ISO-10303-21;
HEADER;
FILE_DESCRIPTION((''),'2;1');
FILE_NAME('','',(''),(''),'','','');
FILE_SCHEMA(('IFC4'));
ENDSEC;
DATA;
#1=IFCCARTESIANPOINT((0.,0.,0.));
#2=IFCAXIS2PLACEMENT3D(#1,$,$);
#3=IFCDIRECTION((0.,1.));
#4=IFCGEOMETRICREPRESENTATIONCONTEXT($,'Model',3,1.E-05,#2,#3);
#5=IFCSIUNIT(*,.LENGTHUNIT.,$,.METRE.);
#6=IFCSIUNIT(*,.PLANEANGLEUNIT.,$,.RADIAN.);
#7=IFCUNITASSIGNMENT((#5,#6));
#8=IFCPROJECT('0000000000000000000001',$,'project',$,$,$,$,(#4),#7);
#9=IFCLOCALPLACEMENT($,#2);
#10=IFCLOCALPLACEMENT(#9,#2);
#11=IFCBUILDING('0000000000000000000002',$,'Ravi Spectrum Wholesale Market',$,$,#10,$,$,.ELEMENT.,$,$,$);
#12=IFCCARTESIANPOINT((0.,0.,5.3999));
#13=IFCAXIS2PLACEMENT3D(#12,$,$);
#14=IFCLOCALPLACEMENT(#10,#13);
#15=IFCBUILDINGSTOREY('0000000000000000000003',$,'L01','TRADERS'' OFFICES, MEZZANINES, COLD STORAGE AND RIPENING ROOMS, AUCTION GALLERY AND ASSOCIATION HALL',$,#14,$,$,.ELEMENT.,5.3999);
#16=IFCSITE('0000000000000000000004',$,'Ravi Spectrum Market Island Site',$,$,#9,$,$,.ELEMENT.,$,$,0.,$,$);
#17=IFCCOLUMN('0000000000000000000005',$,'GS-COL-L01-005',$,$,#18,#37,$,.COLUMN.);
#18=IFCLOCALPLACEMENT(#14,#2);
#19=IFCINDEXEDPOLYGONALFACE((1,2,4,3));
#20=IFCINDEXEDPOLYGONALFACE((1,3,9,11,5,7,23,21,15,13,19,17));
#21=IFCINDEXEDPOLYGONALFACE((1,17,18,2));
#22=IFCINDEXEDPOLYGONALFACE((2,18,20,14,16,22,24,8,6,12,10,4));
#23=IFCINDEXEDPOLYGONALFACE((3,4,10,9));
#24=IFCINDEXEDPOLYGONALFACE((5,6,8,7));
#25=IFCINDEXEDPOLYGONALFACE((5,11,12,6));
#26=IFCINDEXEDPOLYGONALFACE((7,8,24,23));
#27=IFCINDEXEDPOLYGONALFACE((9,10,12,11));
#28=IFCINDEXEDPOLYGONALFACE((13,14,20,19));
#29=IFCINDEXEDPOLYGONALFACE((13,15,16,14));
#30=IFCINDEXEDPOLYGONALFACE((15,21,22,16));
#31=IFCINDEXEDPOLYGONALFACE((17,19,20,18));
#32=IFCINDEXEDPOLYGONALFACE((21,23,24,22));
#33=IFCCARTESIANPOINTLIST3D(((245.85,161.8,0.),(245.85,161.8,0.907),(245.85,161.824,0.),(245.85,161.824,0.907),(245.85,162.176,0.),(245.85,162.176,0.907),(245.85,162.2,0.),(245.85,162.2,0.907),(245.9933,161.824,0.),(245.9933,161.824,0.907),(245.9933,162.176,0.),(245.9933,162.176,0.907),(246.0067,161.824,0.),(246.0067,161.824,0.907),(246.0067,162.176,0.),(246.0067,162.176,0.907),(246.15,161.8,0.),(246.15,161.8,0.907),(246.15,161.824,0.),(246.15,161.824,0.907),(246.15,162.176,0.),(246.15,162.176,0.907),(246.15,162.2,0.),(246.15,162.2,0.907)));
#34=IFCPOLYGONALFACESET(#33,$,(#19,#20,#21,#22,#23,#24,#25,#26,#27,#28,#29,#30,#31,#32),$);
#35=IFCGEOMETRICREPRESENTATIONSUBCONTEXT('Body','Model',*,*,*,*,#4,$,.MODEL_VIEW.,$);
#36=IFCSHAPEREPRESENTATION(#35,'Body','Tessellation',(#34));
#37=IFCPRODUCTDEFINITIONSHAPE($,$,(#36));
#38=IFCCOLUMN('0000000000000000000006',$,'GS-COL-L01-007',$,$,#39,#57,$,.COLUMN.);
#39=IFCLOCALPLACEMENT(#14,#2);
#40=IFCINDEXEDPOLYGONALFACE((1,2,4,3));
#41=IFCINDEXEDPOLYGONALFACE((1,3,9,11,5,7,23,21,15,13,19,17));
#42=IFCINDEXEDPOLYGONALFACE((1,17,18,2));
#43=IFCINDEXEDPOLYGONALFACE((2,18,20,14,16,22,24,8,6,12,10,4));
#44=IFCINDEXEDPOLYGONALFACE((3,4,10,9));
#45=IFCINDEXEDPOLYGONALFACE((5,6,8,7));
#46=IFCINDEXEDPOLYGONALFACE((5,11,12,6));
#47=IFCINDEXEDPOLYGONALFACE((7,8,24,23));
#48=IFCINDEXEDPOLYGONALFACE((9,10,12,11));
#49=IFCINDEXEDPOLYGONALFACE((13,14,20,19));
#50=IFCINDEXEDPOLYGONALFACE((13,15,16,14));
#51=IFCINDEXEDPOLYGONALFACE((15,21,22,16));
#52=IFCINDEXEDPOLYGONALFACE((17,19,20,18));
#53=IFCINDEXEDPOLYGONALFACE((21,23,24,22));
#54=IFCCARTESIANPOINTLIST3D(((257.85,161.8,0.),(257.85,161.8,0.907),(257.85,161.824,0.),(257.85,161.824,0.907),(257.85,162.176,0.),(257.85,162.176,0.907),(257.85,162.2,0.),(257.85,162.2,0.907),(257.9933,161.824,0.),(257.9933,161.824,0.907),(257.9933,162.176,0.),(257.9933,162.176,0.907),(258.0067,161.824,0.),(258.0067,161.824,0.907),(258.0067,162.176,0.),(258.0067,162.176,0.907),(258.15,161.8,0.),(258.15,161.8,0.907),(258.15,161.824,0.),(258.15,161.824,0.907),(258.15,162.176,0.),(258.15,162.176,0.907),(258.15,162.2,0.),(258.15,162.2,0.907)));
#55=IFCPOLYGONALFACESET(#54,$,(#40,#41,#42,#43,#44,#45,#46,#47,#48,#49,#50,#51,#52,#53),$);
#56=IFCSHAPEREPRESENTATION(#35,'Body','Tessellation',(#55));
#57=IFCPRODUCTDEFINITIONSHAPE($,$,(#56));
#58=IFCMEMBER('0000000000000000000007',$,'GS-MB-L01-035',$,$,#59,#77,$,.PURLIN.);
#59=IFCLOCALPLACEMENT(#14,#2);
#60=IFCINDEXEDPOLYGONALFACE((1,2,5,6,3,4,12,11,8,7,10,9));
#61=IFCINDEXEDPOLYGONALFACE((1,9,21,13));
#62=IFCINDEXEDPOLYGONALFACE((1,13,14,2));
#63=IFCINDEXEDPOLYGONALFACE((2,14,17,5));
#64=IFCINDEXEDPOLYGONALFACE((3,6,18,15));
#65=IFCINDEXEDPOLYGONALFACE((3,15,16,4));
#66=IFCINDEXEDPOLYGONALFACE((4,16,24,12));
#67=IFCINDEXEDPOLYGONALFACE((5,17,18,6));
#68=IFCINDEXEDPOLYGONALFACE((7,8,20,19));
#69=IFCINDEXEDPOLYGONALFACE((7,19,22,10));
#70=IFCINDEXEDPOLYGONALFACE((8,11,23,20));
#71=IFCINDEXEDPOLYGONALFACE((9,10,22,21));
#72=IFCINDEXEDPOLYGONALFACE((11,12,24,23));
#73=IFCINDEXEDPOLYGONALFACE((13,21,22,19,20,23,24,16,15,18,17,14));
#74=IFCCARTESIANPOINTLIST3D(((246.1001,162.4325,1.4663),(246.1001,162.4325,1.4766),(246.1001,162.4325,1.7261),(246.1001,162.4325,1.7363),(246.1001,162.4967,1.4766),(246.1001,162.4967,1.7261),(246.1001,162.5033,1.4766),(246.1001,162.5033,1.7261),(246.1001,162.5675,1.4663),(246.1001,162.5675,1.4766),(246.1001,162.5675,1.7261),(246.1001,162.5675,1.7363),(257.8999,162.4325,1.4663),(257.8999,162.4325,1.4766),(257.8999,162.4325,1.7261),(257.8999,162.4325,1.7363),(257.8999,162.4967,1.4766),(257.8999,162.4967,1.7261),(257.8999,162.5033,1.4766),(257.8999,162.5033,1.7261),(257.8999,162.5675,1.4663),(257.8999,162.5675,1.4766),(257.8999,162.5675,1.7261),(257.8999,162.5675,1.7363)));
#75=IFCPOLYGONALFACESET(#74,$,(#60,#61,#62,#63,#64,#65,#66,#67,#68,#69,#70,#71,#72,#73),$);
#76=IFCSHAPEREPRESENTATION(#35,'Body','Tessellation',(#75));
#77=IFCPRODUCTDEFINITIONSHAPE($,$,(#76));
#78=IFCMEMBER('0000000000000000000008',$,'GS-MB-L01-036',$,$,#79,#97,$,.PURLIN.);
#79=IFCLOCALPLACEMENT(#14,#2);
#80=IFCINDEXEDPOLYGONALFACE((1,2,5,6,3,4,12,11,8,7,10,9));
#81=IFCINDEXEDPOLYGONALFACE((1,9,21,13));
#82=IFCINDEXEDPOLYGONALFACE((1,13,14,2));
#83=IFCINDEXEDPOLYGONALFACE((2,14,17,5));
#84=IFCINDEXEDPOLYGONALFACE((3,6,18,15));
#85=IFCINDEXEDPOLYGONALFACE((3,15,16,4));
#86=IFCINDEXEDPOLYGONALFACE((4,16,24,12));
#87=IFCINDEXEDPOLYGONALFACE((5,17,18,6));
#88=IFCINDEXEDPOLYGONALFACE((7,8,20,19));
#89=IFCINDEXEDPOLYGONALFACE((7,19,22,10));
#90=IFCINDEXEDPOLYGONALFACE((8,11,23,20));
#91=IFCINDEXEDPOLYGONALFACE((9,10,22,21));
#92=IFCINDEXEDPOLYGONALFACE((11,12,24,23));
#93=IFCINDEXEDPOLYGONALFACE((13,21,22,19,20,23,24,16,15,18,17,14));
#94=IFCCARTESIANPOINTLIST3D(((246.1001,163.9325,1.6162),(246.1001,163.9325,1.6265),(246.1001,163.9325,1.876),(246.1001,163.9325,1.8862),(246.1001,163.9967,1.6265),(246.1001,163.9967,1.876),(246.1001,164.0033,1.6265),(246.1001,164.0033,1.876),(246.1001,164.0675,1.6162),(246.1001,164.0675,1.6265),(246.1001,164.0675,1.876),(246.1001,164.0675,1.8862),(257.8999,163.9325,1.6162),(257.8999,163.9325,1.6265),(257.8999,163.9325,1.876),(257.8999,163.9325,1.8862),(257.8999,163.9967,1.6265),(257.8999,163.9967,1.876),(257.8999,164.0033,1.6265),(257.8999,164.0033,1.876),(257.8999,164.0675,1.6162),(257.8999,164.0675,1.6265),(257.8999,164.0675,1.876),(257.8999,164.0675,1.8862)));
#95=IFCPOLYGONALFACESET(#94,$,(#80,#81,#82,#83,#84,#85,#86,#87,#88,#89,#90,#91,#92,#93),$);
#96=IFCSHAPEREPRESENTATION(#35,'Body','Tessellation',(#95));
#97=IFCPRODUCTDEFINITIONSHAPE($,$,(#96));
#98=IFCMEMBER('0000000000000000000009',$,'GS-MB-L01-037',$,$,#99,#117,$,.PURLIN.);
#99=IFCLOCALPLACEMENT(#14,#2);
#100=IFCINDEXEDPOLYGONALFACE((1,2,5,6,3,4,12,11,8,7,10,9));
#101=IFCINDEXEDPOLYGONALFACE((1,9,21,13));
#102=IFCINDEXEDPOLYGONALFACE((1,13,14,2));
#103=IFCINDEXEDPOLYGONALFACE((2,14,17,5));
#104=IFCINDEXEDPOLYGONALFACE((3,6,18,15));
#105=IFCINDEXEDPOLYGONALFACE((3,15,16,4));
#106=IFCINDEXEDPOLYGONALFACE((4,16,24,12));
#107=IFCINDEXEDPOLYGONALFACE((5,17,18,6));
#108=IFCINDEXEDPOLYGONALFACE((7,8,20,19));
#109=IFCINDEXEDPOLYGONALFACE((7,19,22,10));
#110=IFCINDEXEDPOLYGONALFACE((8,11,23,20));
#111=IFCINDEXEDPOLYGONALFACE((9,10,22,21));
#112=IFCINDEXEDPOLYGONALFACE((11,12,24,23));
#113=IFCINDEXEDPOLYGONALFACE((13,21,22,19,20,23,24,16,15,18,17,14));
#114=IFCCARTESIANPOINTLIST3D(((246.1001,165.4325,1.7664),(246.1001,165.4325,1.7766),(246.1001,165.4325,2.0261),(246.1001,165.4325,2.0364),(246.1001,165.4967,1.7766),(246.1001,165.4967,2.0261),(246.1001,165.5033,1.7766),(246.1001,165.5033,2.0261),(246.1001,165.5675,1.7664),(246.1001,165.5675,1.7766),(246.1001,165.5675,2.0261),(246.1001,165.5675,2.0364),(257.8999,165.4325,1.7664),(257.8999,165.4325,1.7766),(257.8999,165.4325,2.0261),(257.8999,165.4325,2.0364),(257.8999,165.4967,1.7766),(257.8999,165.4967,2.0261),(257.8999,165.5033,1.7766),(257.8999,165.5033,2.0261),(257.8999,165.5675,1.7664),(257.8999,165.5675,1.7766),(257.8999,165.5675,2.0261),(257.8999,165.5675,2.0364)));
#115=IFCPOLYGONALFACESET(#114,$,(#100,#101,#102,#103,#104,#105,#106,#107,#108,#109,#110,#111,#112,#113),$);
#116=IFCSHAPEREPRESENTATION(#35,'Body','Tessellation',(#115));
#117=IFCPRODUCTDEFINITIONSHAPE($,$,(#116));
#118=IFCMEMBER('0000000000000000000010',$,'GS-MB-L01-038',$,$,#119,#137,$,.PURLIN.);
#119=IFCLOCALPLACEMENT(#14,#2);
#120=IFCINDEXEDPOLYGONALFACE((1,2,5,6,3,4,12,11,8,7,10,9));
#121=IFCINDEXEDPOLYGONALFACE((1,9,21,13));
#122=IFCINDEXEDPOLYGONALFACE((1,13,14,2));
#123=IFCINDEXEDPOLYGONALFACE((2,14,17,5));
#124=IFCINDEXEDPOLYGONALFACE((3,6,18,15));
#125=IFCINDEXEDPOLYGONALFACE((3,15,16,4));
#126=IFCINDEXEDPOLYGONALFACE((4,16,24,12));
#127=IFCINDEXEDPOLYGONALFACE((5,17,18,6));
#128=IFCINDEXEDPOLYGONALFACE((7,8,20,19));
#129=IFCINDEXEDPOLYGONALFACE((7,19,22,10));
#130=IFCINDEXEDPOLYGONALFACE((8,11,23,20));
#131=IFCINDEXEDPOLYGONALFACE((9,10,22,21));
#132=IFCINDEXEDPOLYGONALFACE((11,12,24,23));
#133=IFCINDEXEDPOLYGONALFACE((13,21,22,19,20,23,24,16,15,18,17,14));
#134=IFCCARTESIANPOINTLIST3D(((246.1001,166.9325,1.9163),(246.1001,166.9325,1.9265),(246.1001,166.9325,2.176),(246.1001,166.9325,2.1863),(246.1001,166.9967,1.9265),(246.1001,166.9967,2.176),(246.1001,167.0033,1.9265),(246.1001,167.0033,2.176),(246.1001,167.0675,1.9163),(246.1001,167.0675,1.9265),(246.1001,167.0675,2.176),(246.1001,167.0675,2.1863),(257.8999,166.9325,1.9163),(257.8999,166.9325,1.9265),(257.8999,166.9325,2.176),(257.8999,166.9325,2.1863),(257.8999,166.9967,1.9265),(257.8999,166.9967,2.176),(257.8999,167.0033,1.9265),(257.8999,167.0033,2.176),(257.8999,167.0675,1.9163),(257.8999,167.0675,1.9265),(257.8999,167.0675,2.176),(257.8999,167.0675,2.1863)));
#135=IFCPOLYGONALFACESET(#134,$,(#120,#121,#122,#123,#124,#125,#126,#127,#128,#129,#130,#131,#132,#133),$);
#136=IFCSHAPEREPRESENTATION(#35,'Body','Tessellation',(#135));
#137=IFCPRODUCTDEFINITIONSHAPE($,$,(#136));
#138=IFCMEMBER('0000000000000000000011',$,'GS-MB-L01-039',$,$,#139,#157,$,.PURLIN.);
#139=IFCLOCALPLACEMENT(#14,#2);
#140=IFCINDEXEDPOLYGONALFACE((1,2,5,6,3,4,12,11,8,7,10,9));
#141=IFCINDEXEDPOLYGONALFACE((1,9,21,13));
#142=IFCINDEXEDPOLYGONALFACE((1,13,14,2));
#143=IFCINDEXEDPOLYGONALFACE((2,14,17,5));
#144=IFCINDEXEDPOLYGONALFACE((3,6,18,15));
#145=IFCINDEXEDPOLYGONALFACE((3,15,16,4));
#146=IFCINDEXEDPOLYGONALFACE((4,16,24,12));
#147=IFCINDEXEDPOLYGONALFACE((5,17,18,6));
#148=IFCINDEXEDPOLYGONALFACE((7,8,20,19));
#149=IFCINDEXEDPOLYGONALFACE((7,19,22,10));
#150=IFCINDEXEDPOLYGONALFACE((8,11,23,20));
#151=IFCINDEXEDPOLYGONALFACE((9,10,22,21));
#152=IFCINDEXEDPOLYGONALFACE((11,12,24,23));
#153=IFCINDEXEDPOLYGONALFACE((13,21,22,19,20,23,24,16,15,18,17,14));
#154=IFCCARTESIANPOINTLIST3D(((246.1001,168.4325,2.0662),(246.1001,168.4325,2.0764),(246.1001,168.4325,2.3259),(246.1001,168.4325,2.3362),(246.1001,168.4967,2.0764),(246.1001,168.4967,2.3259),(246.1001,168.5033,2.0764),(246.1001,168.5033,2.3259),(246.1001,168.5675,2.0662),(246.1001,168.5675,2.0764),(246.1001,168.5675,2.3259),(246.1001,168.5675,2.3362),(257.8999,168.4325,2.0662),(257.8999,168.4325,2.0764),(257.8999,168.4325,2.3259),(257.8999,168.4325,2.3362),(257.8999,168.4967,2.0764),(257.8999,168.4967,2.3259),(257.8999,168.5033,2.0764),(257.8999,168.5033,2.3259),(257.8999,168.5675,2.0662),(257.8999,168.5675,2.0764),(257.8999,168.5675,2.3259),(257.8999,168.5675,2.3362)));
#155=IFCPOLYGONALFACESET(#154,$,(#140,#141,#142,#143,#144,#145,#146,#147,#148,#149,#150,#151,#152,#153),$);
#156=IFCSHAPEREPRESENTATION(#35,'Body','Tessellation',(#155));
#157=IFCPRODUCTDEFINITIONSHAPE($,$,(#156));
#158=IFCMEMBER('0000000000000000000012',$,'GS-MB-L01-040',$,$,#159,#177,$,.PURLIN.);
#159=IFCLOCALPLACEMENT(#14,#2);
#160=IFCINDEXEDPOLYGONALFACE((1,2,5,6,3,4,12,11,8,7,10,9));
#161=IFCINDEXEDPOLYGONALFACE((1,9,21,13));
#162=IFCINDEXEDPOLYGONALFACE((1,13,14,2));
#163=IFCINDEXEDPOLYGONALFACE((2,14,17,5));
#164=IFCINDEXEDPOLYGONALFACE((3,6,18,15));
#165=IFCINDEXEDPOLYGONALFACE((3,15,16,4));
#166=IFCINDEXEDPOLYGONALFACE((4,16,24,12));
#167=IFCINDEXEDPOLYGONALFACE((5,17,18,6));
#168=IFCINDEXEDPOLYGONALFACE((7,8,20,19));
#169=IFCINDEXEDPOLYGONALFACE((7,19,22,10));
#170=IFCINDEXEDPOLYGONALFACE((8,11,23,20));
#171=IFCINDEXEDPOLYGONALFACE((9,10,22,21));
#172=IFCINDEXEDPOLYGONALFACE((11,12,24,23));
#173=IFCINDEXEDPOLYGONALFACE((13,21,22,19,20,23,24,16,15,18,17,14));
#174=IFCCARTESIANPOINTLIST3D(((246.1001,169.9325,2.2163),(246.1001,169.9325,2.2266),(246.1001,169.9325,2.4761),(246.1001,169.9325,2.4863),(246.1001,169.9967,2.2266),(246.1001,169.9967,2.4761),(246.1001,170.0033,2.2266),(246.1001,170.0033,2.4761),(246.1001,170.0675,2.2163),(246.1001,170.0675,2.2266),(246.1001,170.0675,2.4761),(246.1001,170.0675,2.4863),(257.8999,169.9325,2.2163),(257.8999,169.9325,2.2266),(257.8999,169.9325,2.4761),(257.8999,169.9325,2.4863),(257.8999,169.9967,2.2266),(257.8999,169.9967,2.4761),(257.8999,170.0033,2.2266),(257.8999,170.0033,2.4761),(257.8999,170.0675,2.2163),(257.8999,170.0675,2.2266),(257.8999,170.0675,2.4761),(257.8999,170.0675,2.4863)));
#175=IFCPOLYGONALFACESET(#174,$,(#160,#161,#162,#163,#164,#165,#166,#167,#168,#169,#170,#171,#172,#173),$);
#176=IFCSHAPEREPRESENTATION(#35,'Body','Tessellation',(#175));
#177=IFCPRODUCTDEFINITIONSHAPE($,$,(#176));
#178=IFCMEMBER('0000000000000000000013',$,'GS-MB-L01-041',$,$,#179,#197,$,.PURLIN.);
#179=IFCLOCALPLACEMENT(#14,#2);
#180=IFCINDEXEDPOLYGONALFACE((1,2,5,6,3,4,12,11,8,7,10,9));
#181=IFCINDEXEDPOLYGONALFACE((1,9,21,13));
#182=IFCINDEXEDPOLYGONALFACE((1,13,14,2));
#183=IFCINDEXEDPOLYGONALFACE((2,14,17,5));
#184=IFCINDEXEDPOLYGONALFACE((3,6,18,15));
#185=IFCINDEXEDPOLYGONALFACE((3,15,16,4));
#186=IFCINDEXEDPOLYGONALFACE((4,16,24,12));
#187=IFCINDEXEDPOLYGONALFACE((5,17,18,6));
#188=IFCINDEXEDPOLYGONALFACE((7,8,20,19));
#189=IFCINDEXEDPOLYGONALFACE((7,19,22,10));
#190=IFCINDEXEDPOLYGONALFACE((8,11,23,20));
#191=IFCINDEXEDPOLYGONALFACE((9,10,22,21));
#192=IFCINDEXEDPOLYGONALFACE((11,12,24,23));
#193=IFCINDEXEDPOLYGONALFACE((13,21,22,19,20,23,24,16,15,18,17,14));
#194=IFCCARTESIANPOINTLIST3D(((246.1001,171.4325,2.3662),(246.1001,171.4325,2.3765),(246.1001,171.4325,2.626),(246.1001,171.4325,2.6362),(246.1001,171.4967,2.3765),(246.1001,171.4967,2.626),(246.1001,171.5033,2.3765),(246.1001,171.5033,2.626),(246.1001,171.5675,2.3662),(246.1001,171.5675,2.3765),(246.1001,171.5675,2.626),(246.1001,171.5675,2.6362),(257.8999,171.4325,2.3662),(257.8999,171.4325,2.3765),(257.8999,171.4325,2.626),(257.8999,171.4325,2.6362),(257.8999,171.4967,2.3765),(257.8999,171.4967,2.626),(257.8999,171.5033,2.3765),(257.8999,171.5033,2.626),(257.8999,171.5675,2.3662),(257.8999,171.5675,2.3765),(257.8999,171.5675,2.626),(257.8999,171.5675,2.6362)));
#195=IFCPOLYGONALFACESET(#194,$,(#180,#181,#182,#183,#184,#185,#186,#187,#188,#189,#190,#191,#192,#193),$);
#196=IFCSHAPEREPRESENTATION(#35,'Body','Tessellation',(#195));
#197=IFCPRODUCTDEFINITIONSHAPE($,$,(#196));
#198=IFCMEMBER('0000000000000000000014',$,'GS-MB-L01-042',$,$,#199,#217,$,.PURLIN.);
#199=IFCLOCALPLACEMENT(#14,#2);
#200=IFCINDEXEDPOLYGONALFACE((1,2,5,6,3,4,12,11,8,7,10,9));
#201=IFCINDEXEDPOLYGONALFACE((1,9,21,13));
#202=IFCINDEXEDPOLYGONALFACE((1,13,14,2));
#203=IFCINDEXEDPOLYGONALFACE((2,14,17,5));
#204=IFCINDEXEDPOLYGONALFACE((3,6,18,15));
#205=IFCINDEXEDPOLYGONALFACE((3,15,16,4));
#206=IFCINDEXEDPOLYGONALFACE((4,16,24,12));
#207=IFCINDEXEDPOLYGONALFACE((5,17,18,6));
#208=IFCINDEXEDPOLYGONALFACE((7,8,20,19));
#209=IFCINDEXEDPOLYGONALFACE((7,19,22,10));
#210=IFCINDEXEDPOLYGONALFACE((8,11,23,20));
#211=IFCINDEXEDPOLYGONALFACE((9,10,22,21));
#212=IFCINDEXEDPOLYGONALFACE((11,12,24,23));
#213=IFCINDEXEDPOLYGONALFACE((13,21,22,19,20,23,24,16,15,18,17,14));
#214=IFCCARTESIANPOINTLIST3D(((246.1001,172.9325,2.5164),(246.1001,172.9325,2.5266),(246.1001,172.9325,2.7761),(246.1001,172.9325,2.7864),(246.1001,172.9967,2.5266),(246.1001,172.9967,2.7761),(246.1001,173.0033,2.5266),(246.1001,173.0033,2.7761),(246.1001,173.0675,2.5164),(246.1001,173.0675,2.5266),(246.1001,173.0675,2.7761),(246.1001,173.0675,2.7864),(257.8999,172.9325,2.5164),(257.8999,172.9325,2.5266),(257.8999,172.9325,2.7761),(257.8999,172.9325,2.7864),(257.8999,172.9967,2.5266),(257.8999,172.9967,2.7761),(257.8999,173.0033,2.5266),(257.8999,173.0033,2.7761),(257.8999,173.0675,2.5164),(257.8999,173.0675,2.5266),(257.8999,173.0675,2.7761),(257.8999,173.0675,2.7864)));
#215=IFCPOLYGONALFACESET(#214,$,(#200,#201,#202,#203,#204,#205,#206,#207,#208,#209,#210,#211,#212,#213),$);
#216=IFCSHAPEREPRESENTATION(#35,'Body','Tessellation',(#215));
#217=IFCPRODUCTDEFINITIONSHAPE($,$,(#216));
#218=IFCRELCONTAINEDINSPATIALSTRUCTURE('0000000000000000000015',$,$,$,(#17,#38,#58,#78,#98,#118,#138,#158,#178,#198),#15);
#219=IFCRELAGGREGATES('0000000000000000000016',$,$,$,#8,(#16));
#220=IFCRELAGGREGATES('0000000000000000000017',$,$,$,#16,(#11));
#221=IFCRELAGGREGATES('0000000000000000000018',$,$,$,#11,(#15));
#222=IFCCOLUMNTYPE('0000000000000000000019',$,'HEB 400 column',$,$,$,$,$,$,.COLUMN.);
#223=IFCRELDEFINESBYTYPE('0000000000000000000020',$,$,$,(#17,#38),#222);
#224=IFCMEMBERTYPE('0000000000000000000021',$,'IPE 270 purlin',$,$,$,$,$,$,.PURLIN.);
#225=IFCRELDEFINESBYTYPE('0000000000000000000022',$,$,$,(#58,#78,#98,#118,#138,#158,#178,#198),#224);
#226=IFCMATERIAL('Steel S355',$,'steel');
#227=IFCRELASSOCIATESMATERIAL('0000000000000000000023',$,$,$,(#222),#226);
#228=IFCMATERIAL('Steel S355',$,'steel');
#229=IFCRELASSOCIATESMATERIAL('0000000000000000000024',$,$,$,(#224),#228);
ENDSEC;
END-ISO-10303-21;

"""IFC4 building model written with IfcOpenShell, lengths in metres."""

from ifc_helpers import new_model, si_unit, direction, frame, origin, origin_2d, place, context, subcontext, project, spatial, i_section, extrude, material, material_profile, profile_set, type_object, element, save


model = new_model("IFC4")

# Units and contexts
model_context = context("Model", 3, precision=1e-05, world=origin(), true_north=direction((0.0, 1.0)))
body_context = subcontext(model_context, "Body", "Model", "MODEL_VIEW")
ifc_project = project(units=[si_unit("LENGTHUNIT", "METRE"), si_unit("PLANEANGLEUNIT", "RADIAN")], contexts=[model_context])

# Site, building, storey
site_placement = place(None, origin())
site = spatial("IfcSite", under=ifc_project, at=site_placement, Name="Ravi Spectrum Market Island Site", CompositionType="ELEMENT", RefElevation=0.0)
building_placement = place(site_placement, origin())
building = spatial("IfcBuilding", under=site, at=building_placement, Name="Ravi Spectrum Wholesale Market", CompositionType="ELEMENT")
storey_placement = place(building_placement, frame((0.0, 0.0, 5.3999)))
storey = spatial("IfcBuildingStorey", under=building, at=storey_placement, Name="L01", Description="TRADERS' OFFICES, MEZZANINES, COLD STORAGE AND RIPENING ROOMS, AUCTION GALLERY AND ASSOCIATION HALL", CompositionType="ELEMENT", Elevation=5.3999)

# Columns
ifc_material_1 = material(Name="Steel S355", Category="steel")
ifc_material_profile_1 = material_profile(ifc_material_1, i_section(OverallWidth=0.3, OverallDepth=0.3999, WebThickness=0.0134, FlangeThickness=0.0239, at=origin_2d()))
ifc_profile_set_1 = profile_set([ifc_material_profile_1], Name="Steel S355")
column_type = type_object("IfcColumnType", Name="HEB 400 column", PredefinedType="COLUMN", material=ifc_profile_set_1)
for number, where, z_axis, x_axis, name in (
    (1, (246.0, 162.0, 0.0), (0.0, 0.0, 1.0), (1.0, 0.0, 0.0), "GS-COL-L01-005"),
    (2, (258.0, 162.0, 0.0), (0.0, 0.0, 1.0), (1.0, 0.0, 0.0), "GS-COL-L01-007"),
):
    element("IfcColumn", number, at=place(storey_placement, frame(where, z_axis=z_axis, x_axis=x_axis)), inside=storey, type_object=column_type, Name=name, PredefinedType="COLUMN", context=body_context, shape_type="SweptSolid", body=[
        extrude(i_section(OverallWidth=0.3, OverallDepth=0.3999, WebThickness=0.0134, FlangeThickness=0.0239, at=origin_2d()), origin(), (0.0, 0.0, 1.0), 0.907),
    ])

# Members
ifc_material_2 = material(Name="Steel S355", Category="steel")
ifc_material_profile_2 = material_profile(ifc_material_2, i_section(OverallWidth=0.135, OverallDepth=0.27, WebThickness=0.0066, FlangeThickness=0.0103, at=origin_2d()))
ifc_profile_set_2 = profile_set([ifc_material_profile_2], Name="Steel S355")
member_type = type_object("IfcMemberType", Name="IPE 270 purlin", PredefinedType="PURLIN", material=ifc_profile_set_2)
for number, where, z_axis, x_axis, name in (
    (3, (246.1001, 162.5, 1.6013), (1.0, 0.0, 0.0), (0.0, 1.0, 0.0), "GS-MB-L01-035"),
    (4, (246.1001, 164.0, 1.7512), (1.0, 0.0, 0.0), (0.0, 1.0, 0.0), "GS-MB-L01-036"),
    (5, (246.1001, 165.5, 1.9014), (1.0, 0.0, 0.0), (0.0, 1.0, 0.0), "GS-MB-L01-037"),
    (6, (246.1001, 167.0, 2.0513), (1.0, 0.0, 0.0), (0.0, 1.0, 0.0), "GS-MB-L01-038"),
    (7, (246.1001, 168.5, 2.2012), (1.0, 0.0, 0.0), (0.0, 1.0, 0.0), "GS-MB-L01-039"),
    (8, (246.1001, 170.0, 2.3513), (1.0, 0.0, 0.0), (0.0, 1.0, 0.0), "GS-MB-L01-040"),
    (9, (246.1001, 171.5, 2.5012), (1.0, 0.0, 0.0), (0.0, 1.0, 0.0), "GS-MB-L01-041"),
    (10, (246.1001, 173.0, 2.6514), (1.0, 0.0, 0.0), (0.0, 1.0, 0.0), "GS-MB-L01-042"),
):
    element("IfcMember", number, at=place(storey_placement, frame(where, z_axis=z_axis, x_axis=x_axis)), inside=storey, type_object=member_type, Name=name, PredefinedType="PURLIN", context=body_context, shape_type="SweptSolid", body=[
        extrude(i_section(OverallWidth=0.135, OverallDepth=0.27, WebThickness=0.0066, FlangeThickness=0.0103, at=origin_2d()), origin(), (0.0, 0.0, 1.0), 11.7998),
    ])

save(model, "model.ifc")
